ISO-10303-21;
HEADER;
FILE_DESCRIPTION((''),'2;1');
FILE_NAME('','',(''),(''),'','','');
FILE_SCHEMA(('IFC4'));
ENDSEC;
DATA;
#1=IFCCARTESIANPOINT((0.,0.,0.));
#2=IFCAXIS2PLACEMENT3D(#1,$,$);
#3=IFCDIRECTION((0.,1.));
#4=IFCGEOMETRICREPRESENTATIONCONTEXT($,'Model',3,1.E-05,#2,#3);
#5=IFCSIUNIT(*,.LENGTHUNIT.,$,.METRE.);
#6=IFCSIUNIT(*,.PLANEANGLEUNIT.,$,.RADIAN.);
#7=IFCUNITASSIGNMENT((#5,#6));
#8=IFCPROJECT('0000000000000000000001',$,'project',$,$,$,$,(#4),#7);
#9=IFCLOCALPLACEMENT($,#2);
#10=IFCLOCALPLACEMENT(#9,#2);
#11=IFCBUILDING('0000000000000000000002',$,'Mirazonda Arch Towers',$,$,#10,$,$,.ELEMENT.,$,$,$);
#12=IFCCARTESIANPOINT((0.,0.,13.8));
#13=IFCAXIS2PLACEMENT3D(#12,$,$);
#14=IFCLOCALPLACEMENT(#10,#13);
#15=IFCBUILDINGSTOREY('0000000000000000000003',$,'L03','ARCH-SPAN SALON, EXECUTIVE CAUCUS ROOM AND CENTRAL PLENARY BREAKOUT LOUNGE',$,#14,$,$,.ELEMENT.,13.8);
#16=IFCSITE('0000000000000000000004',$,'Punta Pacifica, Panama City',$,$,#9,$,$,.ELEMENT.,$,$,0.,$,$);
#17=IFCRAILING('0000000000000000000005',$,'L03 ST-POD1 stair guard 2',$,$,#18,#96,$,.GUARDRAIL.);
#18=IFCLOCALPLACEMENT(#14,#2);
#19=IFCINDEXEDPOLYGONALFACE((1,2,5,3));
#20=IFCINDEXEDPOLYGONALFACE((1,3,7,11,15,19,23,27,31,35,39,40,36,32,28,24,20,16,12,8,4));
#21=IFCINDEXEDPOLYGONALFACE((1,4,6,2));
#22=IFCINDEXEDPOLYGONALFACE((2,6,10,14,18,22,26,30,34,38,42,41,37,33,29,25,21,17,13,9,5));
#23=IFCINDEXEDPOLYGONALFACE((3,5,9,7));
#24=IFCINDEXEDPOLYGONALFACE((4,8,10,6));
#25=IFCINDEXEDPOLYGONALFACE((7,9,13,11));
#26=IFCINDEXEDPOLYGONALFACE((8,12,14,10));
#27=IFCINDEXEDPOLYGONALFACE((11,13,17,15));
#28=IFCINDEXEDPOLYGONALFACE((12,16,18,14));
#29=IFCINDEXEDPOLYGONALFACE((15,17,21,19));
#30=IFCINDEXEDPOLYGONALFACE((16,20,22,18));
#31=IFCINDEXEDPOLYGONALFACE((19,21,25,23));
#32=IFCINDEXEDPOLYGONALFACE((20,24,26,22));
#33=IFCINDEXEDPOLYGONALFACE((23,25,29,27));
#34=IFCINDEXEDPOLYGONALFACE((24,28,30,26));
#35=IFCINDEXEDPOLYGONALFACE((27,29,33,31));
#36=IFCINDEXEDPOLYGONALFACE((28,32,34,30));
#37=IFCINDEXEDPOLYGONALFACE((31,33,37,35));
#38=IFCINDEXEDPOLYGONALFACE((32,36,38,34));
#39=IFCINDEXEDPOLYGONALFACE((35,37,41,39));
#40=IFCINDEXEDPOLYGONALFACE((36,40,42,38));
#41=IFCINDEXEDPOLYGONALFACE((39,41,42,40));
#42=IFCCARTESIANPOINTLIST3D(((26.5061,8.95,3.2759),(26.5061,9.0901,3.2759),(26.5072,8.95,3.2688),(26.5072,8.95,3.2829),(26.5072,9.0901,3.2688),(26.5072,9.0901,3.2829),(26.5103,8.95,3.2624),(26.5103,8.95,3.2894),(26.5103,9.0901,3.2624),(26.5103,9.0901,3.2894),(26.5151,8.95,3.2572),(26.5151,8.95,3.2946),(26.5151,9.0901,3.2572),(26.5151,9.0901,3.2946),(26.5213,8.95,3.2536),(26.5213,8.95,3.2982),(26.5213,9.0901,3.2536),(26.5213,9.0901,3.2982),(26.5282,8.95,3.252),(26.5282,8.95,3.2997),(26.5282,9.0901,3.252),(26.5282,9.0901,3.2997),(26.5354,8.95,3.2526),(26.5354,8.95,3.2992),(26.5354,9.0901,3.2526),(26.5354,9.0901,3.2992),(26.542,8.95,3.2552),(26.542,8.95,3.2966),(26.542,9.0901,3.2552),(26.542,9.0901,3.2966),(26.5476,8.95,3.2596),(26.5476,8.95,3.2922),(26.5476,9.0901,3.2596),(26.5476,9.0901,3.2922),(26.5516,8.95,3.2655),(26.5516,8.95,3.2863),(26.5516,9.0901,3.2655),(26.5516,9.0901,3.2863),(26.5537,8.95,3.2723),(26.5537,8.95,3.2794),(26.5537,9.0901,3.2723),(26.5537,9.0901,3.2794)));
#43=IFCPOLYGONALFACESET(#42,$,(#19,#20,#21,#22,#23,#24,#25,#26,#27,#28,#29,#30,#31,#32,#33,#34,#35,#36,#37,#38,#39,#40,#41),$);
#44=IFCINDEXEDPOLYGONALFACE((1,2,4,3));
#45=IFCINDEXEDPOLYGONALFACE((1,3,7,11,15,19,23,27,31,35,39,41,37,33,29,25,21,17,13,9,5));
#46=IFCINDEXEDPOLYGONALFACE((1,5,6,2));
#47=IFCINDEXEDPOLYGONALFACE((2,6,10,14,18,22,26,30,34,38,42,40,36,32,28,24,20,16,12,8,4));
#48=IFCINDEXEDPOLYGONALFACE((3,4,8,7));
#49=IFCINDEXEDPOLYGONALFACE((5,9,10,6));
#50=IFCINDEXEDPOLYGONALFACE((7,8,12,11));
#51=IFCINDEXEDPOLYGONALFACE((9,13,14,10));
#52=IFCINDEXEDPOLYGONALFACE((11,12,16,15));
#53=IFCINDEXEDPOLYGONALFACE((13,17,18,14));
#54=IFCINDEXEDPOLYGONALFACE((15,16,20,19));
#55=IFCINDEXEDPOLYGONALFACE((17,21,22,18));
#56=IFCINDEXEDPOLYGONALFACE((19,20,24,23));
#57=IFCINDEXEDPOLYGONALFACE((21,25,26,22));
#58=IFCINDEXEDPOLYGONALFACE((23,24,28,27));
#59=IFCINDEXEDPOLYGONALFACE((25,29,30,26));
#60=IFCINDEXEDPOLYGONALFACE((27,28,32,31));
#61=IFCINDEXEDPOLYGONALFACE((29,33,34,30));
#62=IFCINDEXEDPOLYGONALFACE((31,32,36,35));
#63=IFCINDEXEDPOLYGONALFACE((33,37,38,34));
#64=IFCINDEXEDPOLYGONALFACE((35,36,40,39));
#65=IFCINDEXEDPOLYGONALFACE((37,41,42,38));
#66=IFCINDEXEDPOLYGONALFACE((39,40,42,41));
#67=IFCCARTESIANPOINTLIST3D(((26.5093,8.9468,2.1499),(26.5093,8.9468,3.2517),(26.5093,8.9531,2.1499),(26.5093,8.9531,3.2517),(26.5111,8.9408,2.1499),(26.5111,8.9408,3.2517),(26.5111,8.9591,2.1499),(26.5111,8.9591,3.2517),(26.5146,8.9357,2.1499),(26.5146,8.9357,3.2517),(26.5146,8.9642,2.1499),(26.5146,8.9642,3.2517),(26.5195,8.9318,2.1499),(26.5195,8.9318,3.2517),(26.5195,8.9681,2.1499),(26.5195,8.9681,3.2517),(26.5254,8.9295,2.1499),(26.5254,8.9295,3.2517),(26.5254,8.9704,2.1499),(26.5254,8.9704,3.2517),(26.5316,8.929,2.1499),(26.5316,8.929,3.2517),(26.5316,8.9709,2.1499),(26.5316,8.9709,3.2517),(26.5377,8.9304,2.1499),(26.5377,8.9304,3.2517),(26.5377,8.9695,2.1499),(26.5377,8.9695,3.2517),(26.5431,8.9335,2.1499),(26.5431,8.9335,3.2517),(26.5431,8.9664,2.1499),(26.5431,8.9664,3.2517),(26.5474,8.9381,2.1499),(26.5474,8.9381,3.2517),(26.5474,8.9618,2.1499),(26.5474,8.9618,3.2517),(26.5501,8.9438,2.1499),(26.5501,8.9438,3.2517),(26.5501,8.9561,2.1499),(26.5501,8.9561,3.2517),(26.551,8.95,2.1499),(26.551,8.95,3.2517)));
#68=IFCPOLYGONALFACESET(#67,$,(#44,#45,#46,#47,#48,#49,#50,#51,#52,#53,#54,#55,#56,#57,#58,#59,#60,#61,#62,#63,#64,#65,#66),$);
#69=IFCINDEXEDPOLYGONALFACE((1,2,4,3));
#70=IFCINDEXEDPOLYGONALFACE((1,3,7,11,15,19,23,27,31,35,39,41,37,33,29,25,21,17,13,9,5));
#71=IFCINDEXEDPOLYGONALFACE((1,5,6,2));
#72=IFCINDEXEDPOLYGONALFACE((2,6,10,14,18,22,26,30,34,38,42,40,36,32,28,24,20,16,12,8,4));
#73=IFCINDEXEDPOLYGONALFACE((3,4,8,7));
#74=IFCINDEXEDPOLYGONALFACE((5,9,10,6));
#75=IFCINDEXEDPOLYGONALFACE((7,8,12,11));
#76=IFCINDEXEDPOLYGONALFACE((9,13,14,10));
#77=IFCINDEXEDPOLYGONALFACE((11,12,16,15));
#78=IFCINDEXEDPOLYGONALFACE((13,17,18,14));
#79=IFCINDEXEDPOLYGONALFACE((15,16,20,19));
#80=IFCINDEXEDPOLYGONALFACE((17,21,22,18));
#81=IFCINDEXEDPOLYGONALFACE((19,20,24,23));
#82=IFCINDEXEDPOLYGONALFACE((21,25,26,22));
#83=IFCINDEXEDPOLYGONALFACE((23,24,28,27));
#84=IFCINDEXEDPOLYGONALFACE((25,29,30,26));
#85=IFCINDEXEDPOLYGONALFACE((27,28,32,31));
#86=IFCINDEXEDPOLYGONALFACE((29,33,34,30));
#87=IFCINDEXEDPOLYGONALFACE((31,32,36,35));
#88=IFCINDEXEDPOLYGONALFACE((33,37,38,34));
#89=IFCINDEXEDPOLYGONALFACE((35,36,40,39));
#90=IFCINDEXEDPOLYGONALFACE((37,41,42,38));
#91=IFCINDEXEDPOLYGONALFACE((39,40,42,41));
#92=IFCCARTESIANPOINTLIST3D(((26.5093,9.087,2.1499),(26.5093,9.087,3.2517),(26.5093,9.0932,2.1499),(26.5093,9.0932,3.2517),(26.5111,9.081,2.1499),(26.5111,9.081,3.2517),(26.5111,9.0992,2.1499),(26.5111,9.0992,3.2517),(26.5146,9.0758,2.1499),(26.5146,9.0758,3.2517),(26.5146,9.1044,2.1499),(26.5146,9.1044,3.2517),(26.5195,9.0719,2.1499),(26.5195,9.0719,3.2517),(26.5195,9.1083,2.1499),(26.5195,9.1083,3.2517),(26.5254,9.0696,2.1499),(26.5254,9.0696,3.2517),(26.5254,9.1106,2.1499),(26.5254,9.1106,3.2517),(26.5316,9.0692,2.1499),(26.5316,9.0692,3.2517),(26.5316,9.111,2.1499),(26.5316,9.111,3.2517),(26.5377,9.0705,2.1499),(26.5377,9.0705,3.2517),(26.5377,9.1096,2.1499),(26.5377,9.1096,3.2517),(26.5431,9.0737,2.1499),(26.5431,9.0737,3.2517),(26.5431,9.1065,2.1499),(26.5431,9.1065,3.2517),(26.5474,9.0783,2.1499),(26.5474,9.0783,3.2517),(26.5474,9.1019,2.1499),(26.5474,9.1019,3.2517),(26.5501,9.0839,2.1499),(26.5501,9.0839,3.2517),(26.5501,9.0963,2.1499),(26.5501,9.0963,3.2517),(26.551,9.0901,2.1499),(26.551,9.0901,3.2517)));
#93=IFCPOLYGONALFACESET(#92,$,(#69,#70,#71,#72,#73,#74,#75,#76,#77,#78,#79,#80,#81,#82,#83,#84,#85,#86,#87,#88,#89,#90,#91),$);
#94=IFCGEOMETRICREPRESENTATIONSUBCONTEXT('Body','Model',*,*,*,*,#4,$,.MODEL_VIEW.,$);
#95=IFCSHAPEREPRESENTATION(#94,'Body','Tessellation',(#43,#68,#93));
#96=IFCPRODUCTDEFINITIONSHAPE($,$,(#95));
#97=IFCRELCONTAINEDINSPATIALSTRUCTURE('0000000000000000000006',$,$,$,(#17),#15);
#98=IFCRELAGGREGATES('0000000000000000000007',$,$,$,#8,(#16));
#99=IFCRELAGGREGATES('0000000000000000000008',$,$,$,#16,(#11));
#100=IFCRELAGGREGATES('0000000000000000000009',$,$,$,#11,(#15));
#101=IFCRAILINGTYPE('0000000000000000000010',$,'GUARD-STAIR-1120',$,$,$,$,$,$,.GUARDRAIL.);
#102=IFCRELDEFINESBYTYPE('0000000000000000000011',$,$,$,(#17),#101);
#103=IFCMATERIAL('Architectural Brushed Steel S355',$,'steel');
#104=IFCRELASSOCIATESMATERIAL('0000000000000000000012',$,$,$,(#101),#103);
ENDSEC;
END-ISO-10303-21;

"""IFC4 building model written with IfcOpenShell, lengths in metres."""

from ifc_helpers import new_model, si_unit, direction, frame, origin, origin_2d, place, context, subcontext, project, spatial, circle, extrude, material, type_object, element, save


model = new_model("IFC4")

# Units and contexts
model_context = context("Model", 3, precision=1e-05, world=origin(), true_north=direction((0.0, 1.0)))
body_context = subcontext(model_context, "Body", "Model", "MODEL_VIEW")
ifc_project = project(units=[si_unit("LENGTHUNIT", "METRE"), si_unit("PLANEANGLEUNIT", "RADIAN")], contexts=[model_context])

# Site, building, storey
site_placement = place(None, origin())
site = spatial("IfcSite", under=ifc_project, at=site_placement, Name="Punta Pacifica, Panama City", CompositionType="ELEMENT", RefElevation=0.0)
building_placement = place(site_placement, origin())
building = spatial("IfcBuilding", under=site, at=building_placement, Name="Mirazonda Arch Towers", CompositionType="ELEMENT")
storey_placement = place(building_placement, frame((0.0, 0.0, 13.8)))
storey = spatial("IfcBuildingStorey", under=building, at=storey_placement, Name="L03", Description="ARCH-SPAN SALON, EXECUTIVE CAUCUS ROOM AND CENTRAL PLENARY BREAKOUT LOUNGE", CompositionType="ELEMENT", Elevation=13.8)

# Railing
ifc_material_1 = material(Name="Architectural Brushed Steel S355", Category="steel")
railing_type_1 = type_object("IfcRailingType", Name="GUARD-STAIR-1120", PredefinedType="GUARDRAIL", material=ifc_material_1)
railing_1_placement = place(storey_placement, frame((26.53, 8.95, 2.1499)))
element("IfcRailing", 1, at=railing_1_placement, inside=storey, type_object=railing_type_1, Name="L03 ST-POD1 stair guard 2", PredefinedType="GUARDRAIL", context=body_context, shape_type="SweptSolid", body=[
    extrude(circle(Radius=0.0239, at=origin_2d()), frame((0.0, 0.0, 1.126), z_axis=(0.0, 1.0, 0.0), x_axis=(-1.0, 0.0, 0.0)), (0.0, 0.0, 1.0), 0.1401),
    extrude(circle(Radius=0.021, at=origin_2d()), origin(), (0.0, 0.0, 1.0), 1.1018),
    extrude(circle(Radius=0.021, at=origin_2d()), frame((0.0, 0.1401, 0.0)), (0.0, 0.0, 1.0), 1.1018),
])

save(model, "model.ifc")
